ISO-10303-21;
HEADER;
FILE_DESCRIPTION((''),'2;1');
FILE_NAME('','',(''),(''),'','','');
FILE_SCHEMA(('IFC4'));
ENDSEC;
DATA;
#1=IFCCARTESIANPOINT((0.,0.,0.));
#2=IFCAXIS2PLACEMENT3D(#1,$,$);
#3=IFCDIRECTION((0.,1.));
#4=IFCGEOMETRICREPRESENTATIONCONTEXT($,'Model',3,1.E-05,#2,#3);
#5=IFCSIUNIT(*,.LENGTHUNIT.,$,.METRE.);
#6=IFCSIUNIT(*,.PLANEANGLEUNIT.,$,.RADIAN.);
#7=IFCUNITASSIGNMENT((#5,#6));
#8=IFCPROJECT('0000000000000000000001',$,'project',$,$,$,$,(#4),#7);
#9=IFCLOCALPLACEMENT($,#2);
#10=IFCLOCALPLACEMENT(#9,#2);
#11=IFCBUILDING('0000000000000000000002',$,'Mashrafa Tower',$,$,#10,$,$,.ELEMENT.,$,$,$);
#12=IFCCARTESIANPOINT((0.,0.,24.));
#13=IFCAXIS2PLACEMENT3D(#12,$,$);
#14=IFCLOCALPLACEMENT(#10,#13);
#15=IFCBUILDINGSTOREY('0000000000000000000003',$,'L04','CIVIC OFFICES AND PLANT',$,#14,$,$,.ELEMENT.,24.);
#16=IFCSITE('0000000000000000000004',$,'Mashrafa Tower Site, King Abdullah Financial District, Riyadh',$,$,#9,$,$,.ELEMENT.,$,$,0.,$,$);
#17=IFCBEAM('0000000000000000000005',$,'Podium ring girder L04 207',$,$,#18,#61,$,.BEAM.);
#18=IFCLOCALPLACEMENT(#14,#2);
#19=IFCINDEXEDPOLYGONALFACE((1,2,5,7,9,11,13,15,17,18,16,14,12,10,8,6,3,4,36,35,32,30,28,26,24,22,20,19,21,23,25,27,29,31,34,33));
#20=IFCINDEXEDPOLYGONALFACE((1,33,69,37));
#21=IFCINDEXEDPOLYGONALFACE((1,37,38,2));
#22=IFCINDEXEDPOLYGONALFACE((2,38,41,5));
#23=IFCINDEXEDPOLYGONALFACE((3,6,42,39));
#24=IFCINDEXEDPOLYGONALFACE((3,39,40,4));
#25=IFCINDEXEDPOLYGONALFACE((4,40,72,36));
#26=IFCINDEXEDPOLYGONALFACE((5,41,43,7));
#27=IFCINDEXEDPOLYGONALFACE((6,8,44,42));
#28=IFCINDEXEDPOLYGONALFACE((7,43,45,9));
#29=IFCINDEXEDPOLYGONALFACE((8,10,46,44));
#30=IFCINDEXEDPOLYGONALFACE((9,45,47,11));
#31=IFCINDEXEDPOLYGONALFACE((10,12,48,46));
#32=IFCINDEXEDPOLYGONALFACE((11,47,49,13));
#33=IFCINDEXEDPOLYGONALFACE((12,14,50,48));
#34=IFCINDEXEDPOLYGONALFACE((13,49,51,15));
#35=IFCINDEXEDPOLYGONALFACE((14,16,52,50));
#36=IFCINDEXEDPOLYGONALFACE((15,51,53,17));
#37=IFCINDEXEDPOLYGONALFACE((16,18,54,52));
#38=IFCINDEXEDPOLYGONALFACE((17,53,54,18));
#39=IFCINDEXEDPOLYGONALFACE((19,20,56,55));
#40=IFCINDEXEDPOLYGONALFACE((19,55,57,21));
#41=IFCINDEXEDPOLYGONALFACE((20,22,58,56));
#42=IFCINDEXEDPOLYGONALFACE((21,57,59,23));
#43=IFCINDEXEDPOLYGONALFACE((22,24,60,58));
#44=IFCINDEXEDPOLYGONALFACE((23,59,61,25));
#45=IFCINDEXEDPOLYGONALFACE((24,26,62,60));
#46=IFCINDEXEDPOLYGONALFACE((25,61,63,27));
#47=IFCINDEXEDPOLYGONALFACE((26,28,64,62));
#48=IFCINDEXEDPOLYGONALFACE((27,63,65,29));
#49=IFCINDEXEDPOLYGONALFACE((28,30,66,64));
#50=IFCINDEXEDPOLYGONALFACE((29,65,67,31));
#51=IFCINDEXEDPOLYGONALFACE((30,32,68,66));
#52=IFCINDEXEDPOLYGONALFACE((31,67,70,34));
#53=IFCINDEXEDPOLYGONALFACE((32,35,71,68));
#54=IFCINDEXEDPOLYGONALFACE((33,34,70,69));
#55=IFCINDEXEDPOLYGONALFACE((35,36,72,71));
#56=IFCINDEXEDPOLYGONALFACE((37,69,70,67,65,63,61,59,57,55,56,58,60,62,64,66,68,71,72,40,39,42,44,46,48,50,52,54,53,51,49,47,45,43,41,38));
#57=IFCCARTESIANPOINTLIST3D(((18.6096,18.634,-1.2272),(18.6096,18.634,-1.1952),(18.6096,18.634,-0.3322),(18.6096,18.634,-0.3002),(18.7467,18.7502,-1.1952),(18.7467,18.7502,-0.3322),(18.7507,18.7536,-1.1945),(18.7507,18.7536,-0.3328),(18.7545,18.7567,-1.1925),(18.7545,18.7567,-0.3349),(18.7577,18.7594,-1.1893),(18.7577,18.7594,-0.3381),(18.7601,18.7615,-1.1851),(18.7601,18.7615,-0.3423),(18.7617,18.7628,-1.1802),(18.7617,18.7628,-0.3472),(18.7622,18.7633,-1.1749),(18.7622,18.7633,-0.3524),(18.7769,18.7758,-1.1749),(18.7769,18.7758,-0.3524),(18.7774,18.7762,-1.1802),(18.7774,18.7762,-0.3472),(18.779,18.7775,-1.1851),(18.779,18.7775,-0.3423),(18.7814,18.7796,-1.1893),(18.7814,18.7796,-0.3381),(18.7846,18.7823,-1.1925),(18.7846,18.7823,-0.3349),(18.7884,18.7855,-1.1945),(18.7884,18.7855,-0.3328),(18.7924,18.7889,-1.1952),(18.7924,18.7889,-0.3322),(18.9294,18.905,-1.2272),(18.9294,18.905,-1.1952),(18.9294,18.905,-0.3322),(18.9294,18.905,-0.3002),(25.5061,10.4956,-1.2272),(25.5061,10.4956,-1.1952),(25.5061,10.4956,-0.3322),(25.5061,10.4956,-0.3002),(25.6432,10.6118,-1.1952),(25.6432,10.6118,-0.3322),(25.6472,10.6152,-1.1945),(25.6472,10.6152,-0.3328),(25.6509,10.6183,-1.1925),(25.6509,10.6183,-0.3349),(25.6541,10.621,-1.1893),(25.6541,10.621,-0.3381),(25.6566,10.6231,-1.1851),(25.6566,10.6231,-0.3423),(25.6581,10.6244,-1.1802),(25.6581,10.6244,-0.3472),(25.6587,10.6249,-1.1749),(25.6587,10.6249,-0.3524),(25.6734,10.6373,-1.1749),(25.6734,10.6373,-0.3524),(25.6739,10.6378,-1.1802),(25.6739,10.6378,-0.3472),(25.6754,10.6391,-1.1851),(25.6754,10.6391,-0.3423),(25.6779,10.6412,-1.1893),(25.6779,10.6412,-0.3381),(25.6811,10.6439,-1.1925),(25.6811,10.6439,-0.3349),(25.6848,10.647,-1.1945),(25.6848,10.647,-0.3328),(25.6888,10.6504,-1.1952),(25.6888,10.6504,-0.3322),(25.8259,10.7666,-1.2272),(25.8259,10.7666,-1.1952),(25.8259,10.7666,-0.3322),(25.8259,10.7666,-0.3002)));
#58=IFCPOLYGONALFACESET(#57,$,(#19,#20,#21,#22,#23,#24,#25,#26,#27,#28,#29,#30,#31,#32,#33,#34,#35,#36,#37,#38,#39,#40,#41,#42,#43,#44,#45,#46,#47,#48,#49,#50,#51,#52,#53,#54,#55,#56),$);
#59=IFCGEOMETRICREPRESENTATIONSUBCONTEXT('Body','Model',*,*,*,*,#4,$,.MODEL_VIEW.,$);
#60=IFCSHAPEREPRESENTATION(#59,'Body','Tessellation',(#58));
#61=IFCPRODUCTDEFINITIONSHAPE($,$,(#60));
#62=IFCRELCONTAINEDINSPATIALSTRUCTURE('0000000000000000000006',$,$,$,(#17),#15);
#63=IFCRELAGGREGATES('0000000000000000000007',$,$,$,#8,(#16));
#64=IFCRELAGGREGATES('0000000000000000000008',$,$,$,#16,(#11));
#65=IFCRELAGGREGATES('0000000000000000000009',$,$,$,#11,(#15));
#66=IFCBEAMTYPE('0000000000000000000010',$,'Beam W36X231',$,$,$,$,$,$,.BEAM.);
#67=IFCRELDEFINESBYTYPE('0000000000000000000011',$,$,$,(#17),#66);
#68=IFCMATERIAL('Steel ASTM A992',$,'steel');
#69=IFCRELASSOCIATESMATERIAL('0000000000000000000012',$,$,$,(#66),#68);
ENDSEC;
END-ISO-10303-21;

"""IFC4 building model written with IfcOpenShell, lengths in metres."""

from ifc_helpers import new_model, si_unit, direction, frame, origin, origin_2d, place, context, subcontext, project, spatial, i_section, extrude, material, material_profile, profile_set, type_object, element, save


model = new_model("IFC4")

# Units and contexts
model_context = context("Model", 3, precision=1e-05, world=origin(), true_north=direction((0.0, 1.0)))
body_context = subcontext(model_context, "Body", "Model", "MODEL_VIEW")
ifc_project = project(units=[si_unit("LENGTHUNIT", "METRE"), si_unit("PLANEANGLEUNIT", "RADIAN")], contexts=[model_context])

# Site, building, storey
site_placement = place(None, origin())
site = spatial("IfcSite", under=ifc_project, at=site_placement, Name="Mashrafa Tower Site, King Abdullah Financial District, Riyadh", CompositionType="ELEMENT", RefElevation=0.0)
building_placement = place(site_placement, origin())
building = spatial("IfcBuilding", under=site, at=building_placement, Name="Mashrafa Tower", CompositionType="ELEMENT")
storey_placement = place(building_placement, frame((0.0, 0.0, 24.0)))
storey = spatial("IfcBuildingStorey", under=building, at=storey_placement, Name="L04", Description="CIVIC OFFICES AND PLANT", CompositionType="ELEMENT", Elevation=24.0)

# Beam
ifc_material_1 = material(Name="Steel ASTM A992", Category="steel")
ifc_material_profile_1 = material_profile(ifc_material_1, i_section(OverallWidth=0.4192, OverallDepth=0.927, WebThickness=0.0193, FlangeThickness=0.032, FilletRadius=0.0203, at=origin_2d()), Name="W36X231")
ifc_profile_set_1 = profile_set([ifc_material_profile_1], Name="Steel ASTM A992")
beam_type_1 = type_object("IfcBeamType", Name="Beam W36X231", PredefinedType="BEAM", material=ifc_profile_set_1)
beam_1_placement = place(storey_placement, frame((25.666, 10.6311, -0.7637), z_axis=(-0.646495, 0.762918, 0.0), x_axis=(-0.762918, -0.646495, 0.0)))
element("IfcBeam", 1, at=beam_1_placement, inside=storey, type_object=beam_type_1, Name="Podium ring girder L04 207", PredefinedType="BEAM", context=body_context, shape_type="SweptSolid", body=[
    extrude(i_section(OverallWidth=0.4192, OverallDepth=0.927, WebThickness=0.0193, FlangeThickness=0.032, FilletRadius=0.0203, at=origin_2d()), origin(), (0.0, 0.0, 1.0), 10.6675),
])

save(model, "model.ifc")
